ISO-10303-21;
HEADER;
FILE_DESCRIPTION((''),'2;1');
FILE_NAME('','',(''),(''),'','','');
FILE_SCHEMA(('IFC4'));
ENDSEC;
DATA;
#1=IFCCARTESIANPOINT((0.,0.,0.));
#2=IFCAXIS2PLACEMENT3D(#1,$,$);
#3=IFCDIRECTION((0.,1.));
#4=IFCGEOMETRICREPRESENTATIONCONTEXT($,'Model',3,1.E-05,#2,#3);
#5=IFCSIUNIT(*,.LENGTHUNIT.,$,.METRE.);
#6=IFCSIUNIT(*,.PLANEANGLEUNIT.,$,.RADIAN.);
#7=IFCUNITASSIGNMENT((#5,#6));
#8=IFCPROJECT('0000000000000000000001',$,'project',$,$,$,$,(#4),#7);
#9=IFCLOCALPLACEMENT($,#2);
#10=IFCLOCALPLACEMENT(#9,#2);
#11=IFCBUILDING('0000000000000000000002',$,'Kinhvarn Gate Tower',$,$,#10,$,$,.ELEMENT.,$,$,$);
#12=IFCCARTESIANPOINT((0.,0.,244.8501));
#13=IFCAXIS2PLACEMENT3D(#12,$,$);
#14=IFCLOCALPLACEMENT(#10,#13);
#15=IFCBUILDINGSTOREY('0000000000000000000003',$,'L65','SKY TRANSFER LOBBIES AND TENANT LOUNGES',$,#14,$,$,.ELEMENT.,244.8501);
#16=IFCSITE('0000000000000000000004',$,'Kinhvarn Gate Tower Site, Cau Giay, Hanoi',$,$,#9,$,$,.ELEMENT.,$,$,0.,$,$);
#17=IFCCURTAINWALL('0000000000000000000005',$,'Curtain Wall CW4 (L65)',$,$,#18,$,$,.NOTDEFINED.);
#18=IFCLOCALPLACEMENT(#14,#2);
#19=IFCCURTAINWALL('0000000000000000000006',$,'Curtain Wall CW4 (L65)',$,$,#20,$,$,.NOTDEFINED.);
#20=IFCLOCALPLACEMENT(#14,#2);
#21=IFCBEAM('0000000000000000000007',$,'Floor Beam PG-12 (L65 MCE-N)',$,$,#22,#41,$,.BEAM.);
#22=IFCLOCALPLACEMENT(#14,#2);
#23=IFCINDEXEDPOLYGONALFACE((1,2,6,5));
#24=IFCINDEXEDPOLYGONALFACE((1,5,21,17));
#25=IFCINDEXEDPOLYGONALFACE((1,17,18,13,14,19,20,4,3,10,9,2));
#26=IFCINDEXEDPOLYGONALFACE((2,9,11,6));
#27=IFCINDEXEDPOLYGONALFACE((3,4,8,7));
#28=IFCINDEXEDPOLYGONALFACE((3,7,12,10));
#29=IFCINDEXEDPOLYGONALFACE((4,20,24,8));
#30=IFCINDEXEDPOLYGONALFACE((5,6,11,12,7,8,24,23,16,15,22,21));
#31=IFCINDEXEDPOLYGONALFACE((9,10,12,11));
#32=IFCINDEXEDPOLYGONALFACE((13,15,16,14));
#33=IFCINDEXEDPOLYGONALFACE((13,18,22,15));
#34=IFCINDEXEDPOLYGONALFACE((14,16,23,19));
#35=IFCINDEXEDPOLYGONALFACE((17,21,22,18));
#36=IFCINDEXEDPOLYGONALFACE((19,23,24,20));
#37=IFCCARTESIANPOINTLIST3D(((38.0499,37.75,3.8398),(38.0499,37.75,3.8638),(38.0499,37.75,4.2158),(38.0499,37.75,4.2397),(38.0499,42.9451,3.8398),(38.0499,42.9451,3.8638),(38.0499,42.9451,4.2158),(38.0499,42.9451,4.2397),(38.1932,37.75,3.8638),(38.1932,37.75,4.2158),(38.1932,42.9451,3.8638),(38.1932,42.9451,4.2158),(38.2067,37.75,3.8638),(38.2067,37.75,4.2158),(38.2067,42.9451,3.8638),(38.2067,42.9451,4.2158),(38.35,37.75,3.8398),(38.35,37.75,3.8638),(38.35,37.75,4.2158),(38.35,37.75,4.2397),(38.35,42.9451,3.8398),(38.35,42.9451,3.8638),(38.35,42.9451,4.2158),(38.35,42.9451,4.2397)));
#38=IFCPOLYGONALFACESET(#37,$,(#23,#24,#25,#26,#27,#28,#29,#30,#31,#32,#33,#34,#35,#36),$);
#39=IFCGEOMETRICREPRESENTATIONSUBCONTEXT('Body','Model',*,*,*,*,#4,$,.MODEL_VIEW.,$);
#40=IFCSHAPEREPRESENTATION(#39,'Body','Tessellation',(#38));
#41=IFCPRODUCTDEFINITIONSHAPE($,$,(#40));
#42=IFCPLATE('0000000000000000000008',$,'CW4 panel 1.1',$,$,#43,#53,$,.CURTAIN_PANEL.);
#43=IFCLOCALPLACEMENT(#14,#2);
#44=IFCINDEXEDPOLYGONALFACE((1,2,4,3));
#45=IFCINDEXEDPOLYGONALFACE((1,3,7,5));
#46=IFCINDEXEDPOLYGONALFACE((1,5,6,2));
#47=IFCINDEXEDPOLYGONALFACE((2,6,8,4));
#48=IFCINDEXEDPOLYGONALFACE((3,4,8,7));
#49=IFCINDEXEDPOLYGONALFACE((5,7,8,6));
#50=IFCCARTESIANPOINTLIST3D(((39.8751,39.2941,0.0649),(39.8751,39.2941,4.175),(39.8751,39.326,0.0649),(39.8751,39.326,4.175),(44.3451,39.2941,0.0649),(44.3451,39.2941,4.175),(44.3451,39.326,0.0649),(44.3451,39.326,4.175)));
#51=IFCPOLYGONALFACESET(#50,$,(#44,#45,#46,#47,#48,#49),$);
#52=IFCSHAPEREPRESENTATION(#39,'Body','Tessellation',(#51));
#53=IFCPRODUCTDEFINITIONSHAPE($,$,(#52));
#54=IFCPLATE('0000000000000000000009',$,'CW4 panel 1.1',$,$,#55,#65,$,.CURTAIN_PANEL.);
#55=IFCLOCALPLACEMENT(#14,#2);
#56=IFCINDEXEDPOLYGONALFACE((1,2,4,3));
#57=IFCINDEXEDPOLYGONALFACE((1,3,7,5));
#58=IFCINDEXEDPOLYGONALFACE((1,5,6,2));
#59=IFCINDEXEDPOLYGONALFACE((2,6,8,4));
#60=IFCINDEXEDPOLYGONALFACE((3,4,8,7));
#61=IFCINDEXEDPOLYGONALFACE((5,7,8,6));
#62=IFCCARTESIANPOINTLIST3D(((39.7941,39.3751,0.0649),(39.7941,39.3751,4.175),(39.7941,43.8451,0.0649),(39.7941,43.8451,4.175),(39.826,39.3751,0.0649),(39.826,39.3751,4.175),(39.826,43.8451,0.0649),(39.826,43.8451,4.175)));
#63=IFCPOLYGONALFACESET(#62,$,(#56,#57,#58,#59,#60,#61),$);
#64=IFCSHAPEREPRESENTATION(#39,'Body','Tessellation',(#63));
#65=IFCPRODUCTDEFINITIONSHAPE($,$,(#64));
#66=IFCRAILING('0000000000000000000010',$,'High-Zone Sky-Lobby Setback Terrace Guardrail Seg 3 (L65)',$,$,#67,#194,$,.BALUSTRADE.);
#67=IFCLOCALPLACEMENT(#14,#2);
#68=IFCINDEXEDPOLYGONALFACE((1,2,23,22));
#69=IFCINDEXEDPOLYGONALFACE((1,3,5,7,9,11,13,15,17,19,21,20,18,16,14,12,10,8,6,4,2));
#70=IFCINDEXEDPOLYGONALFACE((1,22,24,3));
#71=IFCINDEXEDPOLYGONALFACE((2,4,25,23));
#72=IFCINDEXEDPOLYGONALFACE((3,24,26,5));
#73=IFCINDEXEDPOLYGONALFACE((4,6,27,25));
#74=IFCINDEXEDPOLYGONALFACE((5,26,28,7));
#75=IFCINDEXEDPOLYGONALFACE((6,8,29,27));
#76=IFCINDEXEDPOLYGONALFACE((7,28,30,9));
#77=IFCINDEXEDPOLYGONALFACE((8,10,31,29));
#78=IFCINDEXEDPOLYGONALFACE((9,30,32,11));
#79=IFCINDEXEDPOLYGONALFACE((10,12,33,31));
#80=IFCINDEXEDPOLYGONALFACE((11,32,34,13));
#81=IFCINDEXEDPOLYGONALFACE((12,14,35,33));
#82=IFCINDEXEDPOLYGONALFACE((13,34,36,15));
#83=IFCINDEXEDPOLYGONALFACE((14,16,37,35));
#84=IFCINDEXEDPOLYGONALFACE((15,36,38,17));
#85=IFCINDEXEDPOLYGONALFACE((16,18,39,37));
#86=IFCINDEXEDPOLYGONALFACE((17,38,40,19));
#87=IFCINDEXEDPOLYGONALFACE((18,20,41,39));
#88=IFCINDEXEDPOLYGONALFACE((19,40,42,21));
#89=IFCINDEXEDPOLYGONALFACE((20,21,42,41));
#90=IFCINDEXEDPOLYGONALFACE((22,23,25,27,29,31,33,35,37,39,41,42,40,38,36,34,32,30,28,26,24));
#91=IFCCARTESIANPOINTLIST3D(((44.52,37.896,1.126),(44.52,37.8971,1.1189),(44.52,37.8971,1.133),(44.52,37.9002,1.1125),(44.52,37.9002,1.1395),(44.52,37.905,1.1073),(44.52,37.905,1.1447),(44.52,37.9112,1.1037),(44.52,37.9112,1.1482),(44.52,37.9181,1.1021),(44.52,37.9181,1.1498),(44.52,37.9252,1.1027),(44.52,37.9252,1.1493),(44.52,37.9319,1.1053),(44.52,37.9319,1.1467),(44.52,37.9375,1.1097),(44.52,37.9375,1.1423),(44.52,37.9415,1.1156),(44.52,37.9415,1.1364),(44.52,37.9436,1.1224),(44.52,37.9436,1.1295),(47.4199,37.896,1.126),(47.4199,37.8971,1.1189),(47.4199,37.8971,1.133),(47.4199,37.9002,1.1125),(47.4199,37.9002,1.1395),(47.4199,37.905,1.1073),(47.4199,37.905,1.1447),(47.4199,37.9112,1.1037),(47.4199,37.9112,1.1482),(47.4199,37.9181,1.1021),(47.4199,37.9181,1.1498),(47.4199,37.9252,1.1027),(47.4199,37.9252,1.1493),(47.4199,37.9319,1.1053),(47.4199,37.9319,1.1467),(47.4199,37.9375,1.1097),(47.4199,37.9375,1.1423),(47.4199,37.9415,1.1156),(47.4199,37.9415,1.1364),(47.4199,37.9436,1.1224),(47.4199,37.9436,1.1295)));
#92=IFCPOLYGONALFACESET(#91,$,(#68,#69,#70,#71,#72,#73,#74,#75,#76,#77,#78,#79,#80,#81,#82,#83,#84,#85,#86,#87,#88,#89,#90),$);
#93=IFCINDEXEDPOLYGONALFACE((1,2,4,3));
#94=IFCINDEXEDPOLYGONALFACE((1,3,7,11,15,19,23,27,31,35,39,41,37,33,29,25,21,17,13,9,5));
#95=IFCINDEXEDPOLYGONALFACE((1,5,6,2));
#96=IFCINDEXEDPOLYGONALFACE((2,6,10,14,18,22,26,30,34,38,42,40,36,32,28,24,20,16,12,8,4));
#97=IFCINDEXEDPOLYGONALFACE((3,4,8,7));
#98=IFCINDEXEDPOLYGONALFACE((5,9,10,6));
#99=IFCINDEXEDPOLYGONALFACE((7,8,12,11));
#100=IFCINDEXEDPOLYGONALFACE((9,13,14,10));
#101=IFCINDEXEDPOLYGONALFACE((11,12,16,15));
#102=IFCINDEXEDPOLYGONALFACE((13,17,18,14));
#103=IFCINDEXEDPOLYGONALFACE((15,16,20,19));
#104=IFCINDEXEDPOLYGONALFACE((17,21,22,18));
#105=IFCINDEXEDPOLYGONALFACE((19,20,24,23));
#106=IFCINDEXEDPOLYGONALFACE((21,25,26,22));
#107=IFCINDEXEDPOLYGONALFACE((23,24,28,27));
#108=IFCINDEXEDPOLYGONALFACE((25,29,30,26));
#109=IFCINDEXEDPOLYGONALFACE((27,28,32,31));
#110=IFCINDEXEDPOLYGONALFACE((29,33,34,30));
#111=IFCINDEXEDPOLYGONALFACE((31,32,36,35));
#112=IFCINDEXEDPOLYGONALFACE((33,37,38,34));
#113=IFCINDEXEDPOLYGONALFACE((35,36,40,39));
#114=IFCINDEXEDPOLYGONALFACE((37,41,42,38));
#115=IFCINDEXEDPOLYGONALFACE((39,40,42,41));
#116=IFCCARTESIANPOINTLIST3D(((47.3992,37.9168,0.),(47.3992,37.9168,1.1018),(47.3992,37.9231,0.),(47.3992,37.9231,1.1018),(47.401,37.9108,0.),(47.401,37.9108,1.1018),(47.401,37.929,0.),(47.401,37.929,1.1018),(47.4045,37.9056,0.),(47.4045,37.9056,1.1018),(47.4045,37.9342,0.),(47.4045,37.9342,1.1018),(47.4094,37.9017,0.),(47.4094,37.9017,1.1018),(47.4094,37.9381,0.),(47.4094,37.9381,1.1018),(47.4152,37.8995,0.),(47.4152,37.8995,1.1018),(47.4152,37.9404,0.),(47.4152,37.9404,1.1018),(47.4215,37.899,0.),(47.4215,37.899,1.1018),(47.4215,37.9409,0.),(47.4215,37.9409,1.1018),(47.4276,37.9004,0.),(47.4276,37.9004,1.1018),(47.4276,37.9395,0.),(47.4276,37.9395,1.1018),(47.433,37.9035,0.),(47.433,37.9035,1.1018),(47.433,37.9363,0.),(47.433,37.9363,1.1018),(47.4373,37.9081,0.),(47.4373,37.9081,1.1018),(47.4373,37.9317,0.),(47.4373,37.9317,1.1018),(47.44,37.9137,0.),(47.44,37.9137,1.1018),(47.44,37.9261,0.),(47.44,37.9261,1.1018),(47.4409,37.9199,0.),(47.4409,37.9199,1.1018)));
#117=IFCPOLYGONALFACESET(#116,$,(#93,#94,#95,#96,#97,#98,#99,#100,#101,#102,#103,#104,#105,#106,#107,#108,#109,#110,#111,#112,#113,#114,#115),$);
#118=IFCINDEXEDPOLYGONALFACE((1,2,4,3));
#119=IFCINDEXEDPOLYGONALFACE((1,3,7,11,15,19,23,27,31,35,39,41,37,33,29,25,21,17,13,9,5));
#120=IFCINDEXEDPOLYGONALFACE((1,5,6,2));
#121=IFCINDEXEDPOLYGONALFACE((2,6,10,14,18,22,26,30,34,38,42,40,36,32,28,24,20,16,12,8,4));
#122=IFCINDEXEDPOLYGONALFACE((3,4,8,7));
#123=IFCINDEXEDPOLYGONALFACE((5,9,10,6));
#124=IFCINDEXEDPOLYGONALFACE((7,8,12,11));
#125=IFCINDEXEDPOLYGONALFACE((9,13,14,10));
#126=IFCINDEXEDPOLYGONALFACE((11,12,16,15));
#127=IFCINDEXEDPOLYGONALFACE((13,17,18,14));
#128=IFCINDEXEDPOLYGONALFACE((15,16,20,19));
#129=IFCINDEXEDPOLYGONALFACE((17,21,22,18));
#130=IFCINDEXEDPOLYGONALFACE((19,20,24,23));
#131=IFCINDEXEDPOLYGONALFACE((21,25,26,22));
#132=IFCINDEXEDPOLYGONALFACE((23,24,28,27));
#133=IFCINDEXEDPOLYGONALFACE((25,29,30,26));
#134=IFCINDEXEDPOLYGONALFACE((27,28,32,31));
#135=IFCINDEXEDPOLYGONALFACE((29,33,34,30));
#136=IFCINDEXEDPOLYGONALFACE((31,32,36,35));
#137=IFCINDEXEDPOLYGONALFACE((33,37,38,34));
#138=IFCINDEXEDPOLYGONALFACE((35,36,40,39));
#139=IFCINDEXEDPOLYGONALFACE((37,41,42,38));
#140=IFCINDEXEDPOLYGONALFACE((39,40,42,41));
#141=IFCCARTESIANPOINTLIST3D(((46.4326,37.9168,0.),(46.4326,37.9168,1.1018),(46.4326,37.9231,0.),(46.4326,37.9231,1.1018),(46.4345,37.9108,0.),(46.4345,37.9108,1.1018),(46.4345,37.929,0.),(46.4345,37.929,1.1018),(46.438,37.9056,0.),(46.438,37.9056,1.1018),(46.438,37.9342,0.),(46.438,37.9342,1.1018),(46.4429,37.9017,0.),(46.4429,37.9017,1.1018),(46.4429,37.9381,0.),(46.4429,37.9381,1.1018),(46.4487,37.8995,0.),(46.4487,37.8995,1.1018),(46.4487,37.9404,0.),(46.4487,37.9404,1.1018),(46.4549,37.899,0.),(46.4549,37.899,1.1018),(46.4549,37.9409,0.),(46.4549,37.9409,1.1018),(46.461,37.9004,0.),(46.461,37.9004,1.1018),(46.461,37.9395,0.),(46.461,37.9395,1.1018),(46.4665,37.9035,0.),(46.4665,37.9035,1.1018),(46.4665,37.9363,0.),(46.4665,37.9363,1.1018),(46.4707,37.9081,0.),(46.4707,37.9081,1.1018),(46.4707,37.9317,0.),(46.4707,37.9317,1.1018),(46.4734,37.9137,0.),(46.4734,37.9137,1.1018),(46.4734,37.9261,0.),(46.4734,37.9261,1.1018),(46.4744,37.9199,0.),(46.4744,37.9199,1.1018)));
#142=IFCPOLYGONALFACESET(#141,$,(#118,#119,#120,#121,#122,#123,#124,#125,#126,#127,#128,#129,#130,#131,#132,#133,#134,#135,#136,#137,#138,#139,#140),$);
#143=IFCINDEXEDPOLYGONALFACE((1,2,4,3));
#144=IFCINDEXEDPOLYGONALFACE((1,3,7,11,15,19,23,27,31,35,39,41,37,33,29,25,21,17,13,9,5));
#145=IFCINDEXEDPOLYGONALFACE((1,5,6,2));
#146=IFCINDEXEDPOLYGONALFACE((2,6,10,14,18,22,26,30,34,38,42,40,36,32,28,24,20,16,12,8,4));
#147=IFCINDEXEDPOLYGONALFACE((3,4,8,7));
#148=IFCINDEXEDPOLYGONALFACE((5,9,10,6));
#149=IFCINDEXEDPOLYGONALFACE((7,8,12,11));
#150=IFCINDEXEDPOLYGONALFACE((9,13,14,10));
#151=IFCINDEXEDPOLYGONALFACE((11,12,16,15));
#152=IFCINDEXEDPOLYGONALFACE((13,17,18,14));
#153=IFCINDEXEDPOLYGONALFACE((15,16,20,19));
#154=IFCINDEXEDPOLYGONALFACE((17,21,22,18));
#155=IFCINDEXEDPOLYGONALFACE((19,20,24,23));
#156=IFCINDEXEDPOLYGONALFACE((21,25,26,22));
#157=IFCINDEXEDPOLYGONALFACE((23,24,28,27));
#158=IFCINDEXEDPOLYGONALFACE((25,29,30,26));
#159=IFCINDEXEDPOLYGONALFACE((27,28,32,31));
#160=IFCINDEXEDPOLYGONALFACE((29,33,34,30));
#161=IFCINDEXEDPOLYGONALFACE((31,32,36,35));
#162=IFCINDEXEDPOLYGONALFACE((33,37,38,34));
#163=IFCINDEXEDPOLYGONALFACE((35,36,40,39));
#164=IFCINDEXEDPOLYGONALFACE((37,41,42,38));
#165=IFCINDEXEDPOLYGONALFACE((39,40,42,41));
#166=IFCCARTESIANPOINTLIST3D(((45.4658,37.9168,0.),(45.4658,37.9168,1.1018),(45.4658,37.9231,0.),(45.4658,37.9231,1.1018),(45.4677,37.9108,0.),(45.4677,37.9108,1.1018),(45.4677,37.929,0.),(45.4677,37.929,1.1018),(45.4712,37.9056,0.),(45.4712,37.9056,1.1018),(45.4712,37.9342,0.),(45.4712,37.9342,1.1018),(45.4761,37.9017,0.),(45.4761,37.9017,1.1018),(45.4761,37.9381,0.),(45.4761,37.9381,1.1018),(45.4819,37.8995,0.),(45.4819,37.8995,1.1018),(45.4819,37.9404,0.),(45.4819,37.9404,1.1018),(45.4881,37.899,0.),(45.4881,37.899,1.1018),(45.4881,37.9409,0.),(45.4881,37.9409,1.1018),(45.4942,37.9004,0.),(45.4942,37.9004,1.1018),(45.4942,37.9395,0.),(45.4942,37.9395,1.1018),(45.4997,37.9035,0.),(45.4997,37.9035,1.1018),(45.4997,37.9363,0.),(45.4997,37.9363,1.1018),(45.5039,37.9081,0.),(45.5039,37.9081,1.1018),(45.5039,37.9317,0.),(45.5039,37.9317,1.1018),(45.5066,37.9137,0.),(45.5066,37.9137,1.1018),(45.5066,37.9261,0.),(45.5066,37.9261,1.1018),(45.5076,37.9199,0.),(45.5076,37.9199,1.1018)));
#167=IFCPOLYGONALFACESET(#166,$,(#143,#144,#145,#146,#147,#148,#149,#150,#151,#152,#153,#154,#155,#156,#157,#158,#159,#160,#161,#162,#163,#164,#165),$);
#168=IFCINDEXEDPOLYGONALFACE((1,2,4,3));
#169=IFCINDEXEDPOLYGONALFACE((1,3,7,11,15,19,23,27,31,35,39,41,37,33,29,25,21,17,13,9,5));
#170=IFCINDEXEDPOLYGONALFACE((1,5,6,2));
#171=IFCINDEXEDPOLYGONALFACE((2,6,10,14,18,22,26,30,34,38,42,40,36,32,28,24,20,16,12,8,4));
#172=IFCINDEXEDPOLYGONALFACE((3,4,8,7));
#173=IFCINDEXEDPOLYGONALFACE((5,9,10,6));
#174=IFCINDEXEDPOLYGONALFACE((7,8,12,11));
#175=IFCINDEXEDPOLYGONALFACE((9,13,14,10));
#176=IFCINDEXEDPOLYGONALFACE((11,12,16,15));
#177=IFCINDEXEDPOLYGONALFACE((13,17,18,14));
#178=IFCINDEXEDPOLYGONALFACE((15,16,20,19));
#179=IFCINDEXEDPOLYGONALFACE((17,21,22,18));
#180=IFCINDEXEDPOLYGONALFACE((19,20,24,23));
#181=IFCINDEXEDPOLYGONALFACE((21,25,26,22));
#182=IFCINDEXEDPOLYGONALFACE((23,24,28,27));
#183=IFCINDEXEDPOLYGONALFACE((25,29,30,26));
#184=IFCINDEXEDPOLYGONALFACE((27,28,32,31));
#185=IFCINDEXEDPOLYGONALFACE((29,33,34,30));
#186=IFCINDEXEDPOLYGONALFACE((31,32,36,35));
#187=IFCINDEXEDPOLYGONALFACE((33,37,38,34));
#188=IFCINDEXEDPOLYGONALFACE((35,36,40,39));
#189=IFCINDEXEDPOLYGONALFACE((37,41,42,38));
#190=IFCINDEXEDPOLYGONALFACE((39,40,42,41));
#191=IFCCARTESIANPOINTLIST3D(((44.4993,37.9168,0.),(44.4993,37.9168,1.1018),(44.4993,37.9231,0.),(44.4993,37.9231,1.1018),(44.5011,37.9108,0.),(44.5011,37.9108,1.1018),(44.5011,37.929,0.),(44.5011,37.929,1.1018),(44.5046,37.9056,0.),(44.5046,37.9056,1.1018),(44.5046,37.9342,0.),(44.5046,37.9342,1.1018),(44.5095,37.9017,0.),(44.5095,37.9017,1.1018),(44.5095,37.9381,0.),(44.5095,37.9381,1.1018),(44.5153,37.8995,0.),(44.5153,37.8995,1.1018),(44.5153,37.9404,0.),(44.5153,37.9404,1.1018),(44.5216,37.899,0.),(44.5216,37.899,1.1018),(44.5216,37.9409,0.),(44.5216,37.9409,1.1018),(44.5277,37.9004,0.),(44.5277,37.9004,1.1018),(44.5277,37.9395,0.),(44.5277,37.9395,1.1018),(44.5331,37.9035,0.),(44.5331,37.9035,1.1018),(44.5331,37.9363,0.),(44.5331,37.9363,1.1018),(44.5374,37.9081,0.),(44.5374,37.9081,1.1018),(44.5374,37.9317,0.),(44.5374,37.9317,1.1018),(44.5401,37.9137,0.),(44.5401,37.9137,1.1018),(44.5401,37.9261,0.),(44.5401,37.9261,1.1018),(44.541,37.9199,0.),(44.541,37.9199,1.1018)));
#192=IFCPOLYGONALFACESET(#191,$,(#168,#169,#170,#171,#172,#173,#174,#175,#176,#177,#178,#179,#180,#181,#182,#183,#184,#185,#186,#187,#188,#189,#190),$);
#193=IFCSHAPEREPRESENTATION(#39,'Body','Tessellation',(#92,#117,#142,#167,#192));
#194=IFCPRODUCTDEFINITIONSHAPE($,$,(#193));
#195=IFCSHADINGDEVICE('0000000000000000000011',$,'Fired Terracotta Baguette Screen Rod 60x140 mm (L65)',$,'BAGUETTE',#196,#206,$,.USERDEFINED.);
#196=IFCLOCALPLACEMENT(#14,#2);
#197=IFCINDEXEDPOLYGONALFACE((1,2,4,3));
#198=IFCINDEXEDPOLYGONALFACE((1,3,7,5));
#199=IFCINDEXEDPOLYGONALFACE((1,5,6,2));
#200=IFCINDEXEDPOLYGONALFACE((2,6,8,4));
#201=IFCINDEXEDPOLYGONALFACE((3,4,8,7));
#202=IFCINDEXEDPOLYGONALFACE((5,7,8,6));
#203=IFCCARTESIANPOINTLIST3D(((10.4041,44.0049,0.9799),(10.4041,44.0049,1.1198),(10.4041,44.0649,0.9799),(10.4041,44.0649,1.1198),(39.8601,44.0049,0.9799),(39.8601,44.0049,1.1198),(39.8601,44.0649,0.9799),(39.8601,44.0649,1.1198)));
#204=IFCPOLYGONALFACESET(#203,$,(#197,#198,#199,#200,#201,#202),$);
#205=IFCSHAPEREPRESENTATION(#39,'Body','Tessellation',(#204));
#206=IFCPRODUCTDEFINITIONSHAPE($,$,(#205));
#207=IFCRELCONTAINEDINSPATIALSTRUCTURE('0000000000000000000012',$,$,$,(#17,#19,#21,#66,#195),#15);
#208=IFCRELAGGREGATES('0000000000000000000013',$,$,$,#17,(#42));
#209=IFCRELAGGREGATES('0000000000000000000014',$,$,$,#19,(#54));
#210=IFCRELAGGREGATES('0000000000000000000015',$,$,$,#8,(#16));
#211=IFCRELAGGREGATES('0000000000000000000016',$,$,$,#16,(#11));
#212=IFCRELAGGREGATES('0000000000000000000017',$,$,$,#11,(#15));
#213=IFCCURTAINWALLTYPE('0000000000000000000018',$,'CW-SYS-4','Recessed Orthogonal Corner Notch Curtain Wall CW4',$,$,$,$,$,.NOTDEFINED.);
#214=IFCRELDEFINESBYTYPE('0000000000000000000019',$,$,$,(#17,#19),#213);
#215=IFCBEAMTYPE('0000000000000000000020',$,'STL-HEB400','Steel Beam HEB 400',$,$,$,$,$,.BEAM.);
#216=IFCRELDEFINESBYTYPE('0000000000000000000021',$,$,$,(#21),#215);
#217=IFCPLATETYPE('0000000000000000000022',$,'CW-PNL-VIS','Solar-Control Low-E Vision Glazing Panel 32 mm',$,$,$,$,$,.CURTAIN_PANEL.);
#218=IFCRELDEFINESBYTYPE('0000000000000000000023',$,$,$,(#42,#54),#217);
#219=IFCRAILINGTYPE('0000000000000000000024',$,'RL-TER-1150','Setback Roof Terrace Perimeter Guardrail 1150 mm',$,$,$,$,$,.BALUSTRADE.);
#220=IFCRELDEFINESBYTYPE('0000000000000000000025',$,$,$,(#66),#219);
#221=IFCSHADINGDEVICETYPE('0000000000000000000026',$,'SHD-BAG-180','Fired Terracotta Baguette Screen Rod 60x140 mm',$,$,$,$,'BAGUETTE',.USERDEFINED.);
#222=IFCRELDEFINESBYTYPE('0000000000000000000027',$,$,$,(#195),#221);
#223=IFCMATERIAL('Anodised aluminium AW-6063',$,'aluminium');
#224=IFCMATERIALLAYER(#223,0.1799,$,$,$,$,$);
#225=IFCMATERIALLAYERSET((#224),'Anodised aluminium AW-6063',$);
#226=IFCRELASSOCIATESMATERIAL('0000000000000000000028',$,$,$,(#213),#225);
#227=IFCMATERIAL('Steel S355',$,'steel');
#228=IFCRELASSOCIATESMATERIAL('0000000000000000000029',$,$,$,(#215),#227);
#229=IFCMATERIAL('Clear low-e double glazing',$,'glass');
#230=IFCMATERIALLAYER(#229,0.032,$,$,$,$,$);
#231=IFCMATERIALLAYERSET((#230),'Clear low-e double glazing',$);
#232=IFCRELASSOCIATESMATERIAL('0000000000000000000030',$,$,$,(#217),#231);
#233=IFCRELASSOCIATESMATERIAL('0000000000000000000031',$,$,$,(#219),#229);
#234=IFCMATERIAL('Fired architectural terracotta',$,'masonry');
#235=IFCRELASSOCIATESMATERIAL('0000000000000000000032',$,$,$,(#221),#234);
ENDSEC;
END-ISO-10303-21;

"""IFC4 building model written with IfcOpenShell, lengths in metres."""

from ifc_helpers import new_model, si_unit, direction, frame, origin, origin_2d, place, context, subcontext, project, spatial, rectangle, circle, i_section, extrude, material, layer, layer_set, material_profile, profile_set, type_object, element, aggregate, save


model = new_model("IFC4")

# Units and contexts
model_context = context("Model", 3, precision=1e-05, world=origin(), true_north=direction((0.0, 1.0)))
body_context = subcontext(model_context, "Body", "Model", "MODEL_VIEW")
ifc_project = project(units=[si_unit("LENGTHUNIT", "METRE"), si_unit("PLANEANGLEUNIT", "RADIAN")], contexts=[model_context])

# Site, building, storey
site_placement = place(None, origin())
site = spatial("IfcSite", under=ifc_project, at=site_placement, Name="Kinhvarn Gate Tower Site, Cau Giay, Hanoi", CompositionType="ELEMENT", RefElevation=0.0)
building_placement = place(site_placement, origin())
building = spatial("IfcBuilding", under=site, at=building_placement, Name="Kinhvarn Gate Tower", CompositionType="ELEMENT")
storey_placement = place(building_placement, frame((0.0, 0.0, 244.8501)))
storey = spatial("IfcBuildingStorey", under=building, at=storey_placement, Name="L65", Description="SKY TRANSFER LOBBIES AND TENANT LOUNGES", CompositionType="ELEMENT", Elevation=244.8501)

# Curtain walls
ifc_material_1 = material(Name="Anodised aluminium AW-6063", Category="aluminium")
ifc_layer_1 = layer(ifc_material_1, 0.1799)
ifc_layer_set_1 = layer_set([ifc_layer_1], Name="Anodised aluminium AW-6063")
curtain_wall_type_1 = type_object("IfcCurtainWallType", Name="CW-SYS-4", Description="Recessed Orthogonal Corner Notch Curtain Wall CW4", PredefinedType="NOTDEFINED", material=ifc_layer_set_1)
curtain_wall_1_placement = place(storey_placement, origin())
curtain_wall_1 = element("IfcCurtainWall", 1, at=curtain_wall_1_placement, inside=storey, type_object=curtain_wall_type_1, Name="Curtain Wall CW4 (L65)", PredefinedType="NOTDEFINED")
curtain_wall_2_placement = place(storey_placement, origin())
curtain_wall_2 = element("IfcCurtainWall", 2, at=curtain_wall_2_placement, inside=storey, type_object=curtain_wall_type_1, Name="Curtain Wall CW4 (L65)", PredefinedType="NOTDEFINED")

# Beam
ifc_material_2 = material(Name="Steel S355", Category="steel")
ifc_material_profile_1 = material_profile(ifc_material_2, i_section(OverallWidth=0.3, OverallDepth=0.3999, WebThickness=0.0134, FlangeThickness=0.0239, at=origin_2d()), Name="HEB 400")
ifc_profile_set_1 = profile_set([ifc_material_profile_1], Name="Steel S355")
beam_type = type_object("IfcBeamType", Name="STL-HEB400", Description="Steel Beam HEB 400", PredefinedType="BEAM", material=ifc_profile_set_1)
beam_placement = place(storey_placement, frame((38.2, 37.75, 4.0398), z_axis=(0.0, 1.0, 0.0), x_axis=(-1.0, 0.0, 0.0)))
element("IfcBeam", 3, at=beam_placement, inside=storey, type_object=beam_type, Name="Floor Beam PG-12 (L65 MCE-N)", PredefinedType="BEAM", context=body_context, shape_type="SweptSolid", body=[
    extrude(i_section(OverallWidth=0.3, OverallDepth=0.3999, WebThickness=0.0134, FlangeThickness=0.0239, at=origin_2d()), origin(), (0.0, 0.0, 1.0), 5.1951),
])

# Plates
ifc_material_3 = material(Name="Clear low-e double glazing", Category="glass")
ifc_layer_2 = layer(ifc_material_3, 0.032)
ifc_layer_set_2 = layer_set([ifc_layer_2], Name="Clear low-e double glazing")
plate_type = type_object("IfcPlateType", Name="CW-PNL-VIS", Description="Solar-Control Low-E Vision Glazing Panel 32 mm", PredefinedType="CURTAIN_PANEL", material=ifc_layer_set_2)
plate_1_placement = place(storey_placement, frame((42.1101, 39.3101, 0.0649), z_axis=(0.0, 0.0, 1.0), x_axis=(-1.0, 0.0, 0.0)))
plate_1 = element("IfcPlate", 4, at=plate_1_placement, type_object=plate_type, Name="CW4 panel 1.1", PredefinedType="CURTAIN_PANEL", context=body_context, shape_type="SweptSolid", body=[
    extrude(rectangle(XDim=4.47, YDim=0.032, at=origin_2d()), origin(), (0.0, 0.0, 1.0), 4.1101),
])
aggregate(curtain_wall_1, [plate_1])
plate_2_placement = place(storey_placement, frame((39.8101, 41.6101, 0.0649), z_axis=(0.0, 0.0, 1.0), x_axis=(0.0, 1.0, 0.0)))
plate_2 = element("IfcPlate", 5, at=plate_2_placement, type_object=plate_type, Name="CW4 panel 1.1", PredefinedType="CURTAIN_PANEL", context=body_context, shape_type="SweptSolid", body=[
    extrude(rectangle(XDim=4.47, YDim=0.032, at=origin_2d()), origin(), (0.0, 0.0, 1.0), 4.1101),
])
aggregate(curtain_wall_2, [plate_2])

# Railing
railing_type = type_object("IfcRailingType", Name="RL-TER-1150", Description="Setback Roof Terrace Perimeter Guardrail 1150 mm", PredefinedType="BALUSTRADE", material=ifc_material_3)
railing_placement = place(storey_placement, frame((47.4199, 37.9199, 0.0)))
element("IfcRailing", 6, at=railing_placement, inside=storey, type_object=railing_type, Name="High-Zone Sky-Lobby Setback Terrace Guardrail Seg 3 (L65)", PredefinedType="BALUSTRADE", context=body_context, shape_type="SweptSolid", body=[
    extrude(circle(Radius=0.0239, at=origin_2d()), frame((0.0, 0.0, 1.126), z_axis=(-1.0, 0.0, 0.0), x_axis=(0.0, -1.0, 0.0)), (0.0, 0.0, 1.0), 2.8999),
    extrude(circle(Radius=0.021, at=origin_2d()), origin(), (0.0, 0.0, 1.0), 1.1018),
    extrude(circle(Radius=0.021, at=origin_2d()), frame((-0.9666, 0.0, 0.0)), (0.0, 0.0, 1.0), 1.1018),
    extrude(circle(Radius=0.021, at=origin_2d()), frame((-1.9333, 0.0, 0.0)), (0.0, 0.0, 1.0), 1.1018),
    extrude(circle(Radius=0.021, at=origin_2d()), frame((-2.8999, 0.0, 0.0)), (0.0, 0.0, 1.0), 1.1018),
])

# Shading device
ifc_material_4 = material(Name="Fired architectural terracotta", Category="masonry")
ifc_material_profile_2 = material_profile(ifc_material_4, rectangle(XDim=0.0601, YDim=0.1399, at=origin_2d()), Name="TC 60x140")
ifc_profile_set_2 = profile_set([ifc_material_profile_2], Name="Fired architectural terracotta")
shading_device_type = type_object("IfcShadingDeviceType", Name="SHD-BAG-180", Description="Fired Terracotta Baguette Screen Rod 60x140 mm", ElementType="BAGUETTE", PredefinedType="USERDEFINED", material=ifc_profile_set_2)
for number, where, z_axis, x_axis, name in (
    (7, (39.8601, 44.0349, 1.0498), (-1.0, 0.0, 0.0), (0.0, -1.0, 0.0), "Fired Terracotta Baguette Screen Rod 60x140 mm (L65)"),
):
    element("IfcShadingDevice", number, at=place(storey_placement, frame(where, z_axis=z_axis, x_axis=x_axis)), inside=storey, type_object=shading_device_type, Name=name, ObjectType="BAGUETTE", PredefinedType="USERDEFINED", context=body_context, shape_type="SweptSolid", body=[
        extrude(rectangle(XDim=0.0601, YDim=0.1399, at=origin_2d()), origin(), (0.0, 0.0, 1.0), 29.4561),
    ])

save(model, "model.ifc")
